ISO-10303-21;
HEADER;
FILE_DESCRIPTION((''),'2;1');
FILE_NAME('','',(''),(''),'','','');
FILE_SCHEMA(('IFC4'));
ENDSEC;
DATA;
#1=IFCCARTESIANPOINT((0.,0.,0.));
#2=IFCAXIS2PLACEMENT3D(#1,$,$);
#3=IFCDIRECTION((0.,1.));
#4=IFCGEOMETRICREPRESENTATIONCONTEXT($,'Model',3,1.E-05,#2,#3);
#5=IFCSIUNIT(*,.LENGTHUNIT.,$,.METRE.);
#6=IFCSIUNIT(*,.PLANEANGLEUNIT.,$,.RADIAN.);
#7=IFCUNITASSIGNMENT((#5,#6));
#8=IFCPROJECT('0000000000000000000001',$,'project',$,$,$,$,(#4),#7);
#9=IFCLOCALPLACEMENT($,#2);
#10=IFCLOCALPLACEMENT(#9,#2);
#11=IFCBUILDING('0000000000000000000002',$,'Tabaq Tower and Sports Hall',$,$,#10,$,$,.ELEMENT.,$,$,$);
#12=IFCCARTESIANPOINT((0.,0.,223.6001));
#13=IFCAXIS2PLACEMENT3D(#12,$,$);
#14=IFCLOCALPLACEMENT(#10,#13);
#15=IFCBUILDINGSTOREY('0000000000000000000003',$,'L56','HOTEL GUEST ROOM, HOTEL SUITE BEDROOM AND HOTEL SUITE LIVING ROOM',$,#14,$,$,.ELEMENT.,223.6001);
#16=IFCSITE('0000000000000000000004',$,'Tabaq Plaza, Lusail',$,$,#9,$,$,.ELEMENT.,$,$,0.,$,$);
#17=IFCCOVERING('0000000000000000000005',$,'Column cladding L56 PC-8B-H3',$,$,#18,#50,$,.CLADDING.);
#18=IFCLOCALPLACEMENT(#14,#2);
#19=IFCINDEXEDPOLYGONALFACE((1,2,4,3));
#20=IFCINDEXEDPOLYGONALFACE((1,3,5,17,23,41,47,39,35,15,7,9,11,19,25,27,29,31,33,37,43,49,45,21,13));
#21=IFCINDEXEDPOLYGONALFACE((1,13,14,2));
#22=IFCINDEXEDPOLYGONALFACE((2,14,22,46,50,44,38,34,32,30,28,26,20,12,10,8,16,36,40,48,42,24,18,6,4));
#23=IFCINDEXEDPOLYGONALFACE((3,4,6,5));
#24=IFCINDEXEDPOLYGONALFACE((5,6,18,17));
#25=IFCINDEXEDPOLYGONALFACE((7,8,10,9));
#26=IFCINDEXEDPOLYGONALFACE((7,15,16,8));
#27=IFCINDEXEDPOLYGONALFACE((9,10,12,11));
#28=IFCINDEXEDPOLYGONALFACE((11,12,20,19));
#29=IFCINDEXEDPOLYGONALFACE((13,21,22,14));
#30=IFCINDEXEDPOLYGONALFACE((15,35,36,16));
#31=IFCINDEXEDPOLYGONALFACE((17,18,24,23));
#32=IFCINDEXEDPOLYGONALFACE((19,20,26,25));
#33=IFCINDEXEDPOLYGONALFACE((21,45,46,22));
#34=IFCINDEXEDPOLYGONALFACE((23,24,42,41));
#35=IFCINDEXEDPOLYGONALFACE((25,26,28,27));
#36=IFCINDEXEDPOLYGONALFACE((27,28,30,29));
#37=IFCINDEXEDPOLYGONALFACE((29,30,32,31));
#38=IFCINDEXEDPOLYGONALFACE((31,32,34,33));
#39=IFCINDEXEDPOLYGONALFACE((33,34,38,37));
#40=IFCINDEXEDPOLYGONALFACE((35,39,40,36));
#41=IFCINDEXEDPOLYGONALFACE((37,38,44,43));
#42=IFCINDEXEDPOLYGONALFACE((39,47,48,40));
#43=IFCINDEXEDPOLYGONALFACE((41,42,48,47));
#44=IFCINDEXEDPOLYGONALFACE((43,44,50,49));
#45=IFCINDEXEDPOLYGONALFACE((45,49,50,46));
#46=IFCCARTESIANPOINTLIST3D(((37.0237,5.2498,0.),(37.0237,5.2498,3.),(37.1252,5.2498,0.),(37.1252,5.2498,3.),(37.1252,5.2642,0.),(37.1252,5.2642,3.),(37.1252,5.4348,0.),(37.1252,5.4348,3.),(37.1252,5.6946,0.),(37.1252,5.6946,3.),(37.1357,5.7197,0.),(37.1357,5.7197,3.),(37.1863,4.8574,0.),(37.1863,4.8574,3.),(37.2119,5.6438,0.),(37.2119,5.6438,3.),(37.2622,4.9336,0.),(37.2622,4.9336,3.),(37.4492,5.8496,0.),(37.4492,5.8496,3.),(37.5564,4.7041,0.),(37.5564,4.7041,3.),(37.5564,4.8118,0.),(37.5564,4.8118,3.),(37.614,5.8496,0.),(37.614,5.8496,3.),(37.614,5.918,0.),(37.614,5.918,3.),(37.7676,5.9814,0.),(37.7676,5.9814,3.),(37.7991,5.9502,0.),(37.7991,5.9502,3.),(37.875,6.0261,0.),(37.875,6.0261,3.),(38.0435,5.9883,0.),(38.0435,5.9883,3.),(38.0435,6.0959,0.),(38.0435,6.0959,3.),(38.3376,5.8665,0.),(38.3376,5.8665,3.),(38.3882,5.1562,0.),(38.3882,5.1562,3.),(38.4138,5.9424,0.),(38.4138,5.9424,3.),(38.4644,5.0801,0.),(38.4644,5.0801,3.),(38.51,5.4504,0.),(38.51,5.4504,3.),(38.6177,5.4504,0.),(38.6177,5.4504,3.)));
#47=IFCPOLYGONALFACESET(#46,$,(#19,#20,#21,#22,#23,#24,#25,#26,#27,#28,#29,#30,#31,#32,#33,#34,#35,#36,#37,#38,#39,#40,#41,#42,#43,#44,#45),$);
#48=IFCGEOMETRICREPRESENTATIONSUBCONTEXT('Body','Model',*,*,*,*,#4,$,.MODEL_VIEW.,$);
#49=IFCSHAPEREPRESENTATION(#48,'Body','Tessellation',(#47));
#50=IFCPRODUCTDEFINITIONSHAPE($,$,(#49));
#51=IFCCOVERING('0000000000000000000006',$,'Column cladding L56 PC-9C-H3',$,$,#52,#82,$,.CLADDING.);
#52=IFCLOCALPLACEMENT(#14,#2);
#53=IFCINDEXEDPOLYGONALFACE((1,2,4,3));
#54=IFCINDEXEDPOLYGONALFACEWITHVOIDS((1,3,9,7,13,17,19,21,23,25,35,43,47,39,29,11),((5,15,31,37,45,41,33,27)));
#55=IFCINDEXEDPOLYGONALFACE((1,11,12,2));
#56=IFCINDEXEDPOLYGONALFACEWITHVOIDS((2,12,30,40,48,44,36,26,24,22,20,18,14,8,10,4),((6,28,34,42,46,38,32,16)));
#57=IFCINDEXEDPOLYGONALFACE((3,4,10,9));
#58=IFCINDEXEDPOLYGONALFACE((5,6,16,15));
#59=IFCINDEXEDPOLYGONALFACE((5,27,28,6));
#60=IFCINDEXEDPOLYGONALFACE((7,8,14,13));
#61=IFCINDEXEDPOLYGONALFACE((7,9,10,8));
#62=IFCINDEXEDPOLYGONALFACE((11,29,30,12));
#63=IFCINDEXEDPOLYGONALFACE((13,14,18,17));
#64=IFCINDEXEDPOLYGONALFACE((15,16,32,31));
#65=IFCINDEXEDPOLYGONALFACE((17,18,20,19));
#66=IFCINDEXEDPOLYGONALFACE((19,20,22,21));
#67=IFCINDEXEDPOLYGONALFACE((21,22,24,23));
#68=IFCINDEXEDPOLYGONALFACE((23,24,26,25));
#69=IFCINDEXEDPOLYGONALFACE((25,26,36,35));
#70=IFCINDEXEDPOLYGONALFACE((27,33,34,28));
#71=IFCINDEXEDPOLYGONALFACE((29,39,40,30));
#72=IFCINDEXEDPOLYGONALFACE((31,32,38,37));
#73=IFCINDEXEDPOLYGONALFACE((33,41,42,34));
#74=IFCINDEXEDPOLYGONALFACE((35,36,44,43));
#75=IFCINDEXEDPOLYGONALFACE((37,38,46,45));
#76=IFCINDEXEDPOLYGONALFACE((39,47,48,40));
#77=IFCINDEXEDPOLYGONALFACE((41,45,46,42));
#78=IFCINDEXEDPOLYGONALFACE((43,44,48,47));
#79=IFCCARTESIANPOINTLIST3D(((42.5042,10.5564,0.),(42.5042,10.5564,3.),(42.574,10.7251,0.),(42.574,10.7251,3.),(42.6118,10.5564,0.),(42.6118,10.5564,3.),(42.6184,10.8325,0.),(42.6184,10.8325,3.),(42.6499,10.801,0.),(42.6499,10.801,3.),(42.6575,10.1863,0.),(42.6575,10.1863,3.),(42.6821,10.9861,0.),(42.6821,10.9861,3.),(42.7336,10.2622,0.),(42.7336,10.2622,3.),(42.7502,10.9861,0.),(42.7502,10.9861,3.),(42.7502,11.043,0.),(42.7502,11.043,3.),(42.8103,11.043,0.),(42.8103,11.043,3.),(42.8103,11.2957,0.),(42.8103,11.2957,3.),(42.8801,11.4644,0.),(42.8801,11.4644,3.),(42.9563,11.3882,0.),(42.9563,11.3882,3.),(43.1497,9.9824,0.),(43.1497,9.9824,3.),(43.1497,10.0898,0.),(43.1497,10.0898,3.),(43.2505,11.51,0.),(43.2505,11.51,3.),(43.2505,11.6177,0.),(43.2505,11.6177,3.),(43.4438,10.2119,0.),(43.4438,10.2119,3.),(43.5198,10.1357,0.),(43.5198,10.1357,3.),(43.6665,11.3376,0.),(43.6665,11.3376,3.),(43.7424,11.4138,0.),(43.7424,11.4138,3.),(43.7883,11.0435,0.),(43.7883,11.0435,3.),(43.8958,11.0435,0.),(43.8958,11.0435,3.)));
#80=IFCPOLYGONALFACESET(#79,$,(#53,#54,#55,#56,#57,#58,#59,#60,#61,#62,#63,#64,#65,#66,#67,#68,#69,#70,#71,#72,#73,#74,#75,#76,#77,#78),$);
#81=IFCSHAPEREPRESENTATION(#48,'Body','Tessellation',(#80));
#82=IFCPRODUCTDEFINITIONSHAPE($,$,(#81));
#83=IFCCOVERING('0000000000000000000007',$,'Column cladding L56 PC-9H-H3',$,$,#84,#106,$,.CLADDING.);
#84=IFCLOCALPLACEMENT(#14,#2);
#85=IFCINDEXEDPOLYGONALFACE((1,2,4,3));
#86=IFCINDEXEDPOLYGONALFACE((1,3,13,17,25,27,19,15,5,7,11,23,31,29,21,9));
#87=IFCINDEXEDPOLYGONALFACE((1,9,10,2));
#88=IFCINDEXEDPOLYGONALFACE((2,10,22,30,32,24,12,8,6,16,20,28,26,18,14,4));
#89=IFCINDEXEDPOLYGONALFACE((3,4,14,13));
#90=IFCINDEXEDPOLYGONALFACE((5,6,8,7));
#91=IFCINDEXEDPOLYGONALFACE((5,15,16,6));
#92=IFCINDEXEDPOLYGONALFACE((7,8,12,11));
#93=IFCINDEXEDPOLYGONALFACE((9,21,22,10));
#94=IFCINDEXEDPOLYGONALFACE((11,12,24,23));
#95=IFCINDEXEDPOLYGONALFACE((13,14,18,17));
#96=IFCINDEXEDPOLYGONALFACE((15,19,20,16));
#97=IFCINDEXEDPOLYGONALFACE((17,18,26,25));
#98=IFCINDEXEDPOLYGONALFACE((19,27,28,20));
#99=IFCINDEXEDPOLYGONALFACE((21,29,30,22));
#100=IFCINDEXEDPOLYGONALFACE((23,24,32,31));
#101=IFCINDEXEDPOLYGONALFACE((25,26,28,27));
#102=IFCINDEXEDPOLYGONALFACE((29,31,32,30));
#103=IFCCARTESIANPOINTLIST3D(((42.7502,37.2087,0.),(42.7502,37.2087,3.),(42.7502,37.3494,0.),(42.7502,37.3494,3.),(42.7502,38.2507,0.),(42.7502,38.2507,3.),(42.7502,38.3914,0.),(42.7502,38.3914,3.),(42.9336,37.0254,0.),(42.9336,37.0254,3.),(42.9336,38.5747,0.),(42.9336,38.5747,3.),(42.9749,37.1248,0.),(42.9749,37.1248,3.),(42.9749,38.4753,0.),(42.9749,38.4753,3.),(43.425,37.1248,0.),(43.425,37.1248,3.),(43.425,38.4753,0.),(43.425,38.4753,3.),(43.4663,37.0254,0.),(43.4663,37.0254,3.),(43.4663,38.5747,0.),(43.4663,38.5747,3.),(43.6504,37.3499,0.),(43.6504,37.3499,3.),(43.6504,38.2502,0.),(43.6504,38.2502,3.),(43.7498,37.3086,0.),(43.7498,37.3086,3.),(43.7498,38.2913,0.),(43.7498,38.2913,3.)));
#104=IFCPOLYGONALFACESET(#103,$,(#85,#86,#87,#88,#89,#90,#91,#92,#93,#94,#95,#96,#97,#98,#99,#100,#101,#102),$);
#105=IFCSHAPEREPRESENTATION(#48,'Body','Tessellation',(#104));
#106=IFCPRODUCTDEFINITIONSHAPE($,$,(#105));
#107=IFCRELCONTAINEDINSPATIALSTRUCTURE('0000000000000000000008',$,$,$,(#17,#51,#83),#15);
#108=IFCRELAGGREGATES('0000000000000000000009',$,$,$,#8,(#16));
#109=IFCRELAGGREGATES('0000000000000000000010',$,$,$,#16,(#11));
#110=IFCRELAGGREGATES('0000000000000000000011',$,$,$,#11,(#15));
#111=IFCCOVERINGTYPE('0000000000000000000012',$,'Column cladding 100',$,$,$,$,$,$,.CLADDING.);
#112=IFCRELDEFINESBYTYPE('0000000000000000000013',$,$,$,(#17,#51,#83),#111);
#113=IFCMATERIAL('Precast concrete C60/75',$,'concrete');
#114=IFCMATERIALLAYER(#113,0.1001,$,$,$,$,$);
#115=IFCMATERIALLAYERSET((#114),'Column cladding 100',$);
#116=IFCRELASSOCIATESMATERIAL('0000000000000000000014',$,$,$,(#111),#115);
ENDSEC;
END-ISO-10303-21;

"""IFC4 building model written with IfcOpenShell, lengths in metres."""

from ifc_helpers import new_model, si_unit, direction, frame, origin, place, context, subcontext, project, spatial, polyline, outline, extrude, material, layer, layer_set, type_object, element, save


model = new_model("IFC4")

# Units and contexts
model_context = context("Model", 3, precision=1e-05, world=origin(), true_north=direction((0.0, 1.0)))
body_context = subcontext(model_context, "Body", "Model", "MODEL_VIEW")
ifc_project = project(units=[si_unit("LENGTHUNIT", "METRE"), si_unit("PLANEANGLEUNIT", "RADIAN")], contexts=[model_context])

# Site, building, storey
site_placement = place(None, origin())
site = spatial("IfcSite", under=ifc_project, at=site_placement, Name="Tabaq Plaza, Lusail", CompositionType="ELEMENT", RefElevation=0.0)
building_placement = place(site_placement, origin())
building = spatial("IfcBuilding", under=site, at=building_placement, Name="Tabaq Tower and Sports Hall", CompositionType="ELEMENT")
storey_placement = place(building_placement, frame((0.0, 0.0, 223.6001)))
storey = spatial("IfcBuildingStorey", under=building, at=storey_placement, Name="L56", Description="HOTEL GUEST ROOM, HOTEL SUITE BEDROOM AND HOTEL SUITE LIVING ROOM", CompositionType="ELEMENT", Elevation=223.6001)

# Coverings
ifc_material_1 = material(Name="Precast concrete C60/75", Category="concrete")
ifc_layer_1 = layer(ifc_material_1, 0.1001)
ifc_layer_set_1 = layer_set([ifc_layer_1], Name="Column cladding 100")
covering_type = type_object("IfcCoveringType", Name="Column cladding 100", PredefinedType="CLADDING", material=ifc_layer_set_1)
covering_1_placement = place(storey_placement, origin())
element("IfcCovering", 1, at=covering_1_placement, inside=storey, type_object=covering_type, Name="Column cladding L56 PC-8B-H3", PredefinedType="CLADDING", context=body_context, shape_type="SweptSolid", body=[
    extrude(outline(polyline([(37.0237, 5.2498), (37.1252, 5.2498), (37.1252, 5.2642), (37.2622, 4.9336), (37.5564, 4.8118), (38.3882, 5.1562), (38.51, 5.4504), (38.3376, 5.8665), (38.0435, 5.9883), (37.2119, 5.6438), (37.1252, 5.4348), (37.1252, 5.6946), (37.1357, 5.7197), (37.4492, 5.8496), (37.614, 5.8496), (37.614, 5.918), (37.7676, 5.9814), (37.7991, 5.9502), (37.875, 6.0261), (38.0435, 6.0959), (38.4138, 5.9424), (38.6177, 5.4504), (38.4644, 5.0801), (37.5564, 4.7041), (37.1863, 4.8574), (37.0237, 5.2498)])), origin(), (0.0, 0.0, 1.0), 3.0),
])
covering_2_placement = place(storey_placement, origin())
element("IfcCovering", 2, at=covering_2_placement, inside=storey, type_object=covering_type, Name="Column cladding L56 PC-9C-H3", PredefinedType="CLADDING", context=body_context, shape_type="SweptSolid", body=[
    extrude(outline(polyline([(42.6575, 10.1863), (42.5042, 10.5564), (42.574, 10.7251), (42.6499, 10.801), (42.6184, 10.8325), (42.6821, 10.9861), (42.7502, 10.9861), (42.7502, 11.043), (42.8103, 11.043), (42.8103, 11.2957), (42.8801, 11.4644), (43.2505, 11.6177), (43.7424, 11.4138), (43.8958, 11.0435), (43.5198, 10.1357), (43.1497, 9.9824), (42.6575, 10.1863)]), holes=[polyline([(43.6665, 11.3376), (43.2505, 11.51), (42.9563, 11.3882), (42.6118, 10.5564), (42.7336, 10.2622), (43.1497, 10.0898), (43.4438, 10.2119), (43.7883, 11.0435), (43.6665, 11.3376)])]), origin(), (0.0, 0.0, 1.0), 3.0),
])
covering_3_placement = place(storey_placement, origin())
element("IfcCovering", 3, at=covering_3_placement, inside=storey, type_object=covering_type, Name="Column cladding L56 PC-9H-H3", PredefinedType="CLADDING", context=body_context, shape_type="SweptSolid", body=[
    extrude(outline(polyline([(42.9336, 37.0254), (42.7502, 37.2087), (42.7502, 37.3494), (42.9749, 37.1248), (43.425, 37.1248), (43.6504, 37.3499), (43.6504, 38.2502), (43.425, 38.4753), (42.9749, 38.4753), (42.7502, 38.2507), (42.7502, 38.3914), (42.9336, 38.5747), (43.4663, 38.5747), (43.7498, 38.2913), (43.7498, 37.3086), (43.4663, 37.0254), (42.9336, 37.0254)])), origin(), (0.0, 0.0, 1.0), 3.0),
])

save(model, "model.ifc")
